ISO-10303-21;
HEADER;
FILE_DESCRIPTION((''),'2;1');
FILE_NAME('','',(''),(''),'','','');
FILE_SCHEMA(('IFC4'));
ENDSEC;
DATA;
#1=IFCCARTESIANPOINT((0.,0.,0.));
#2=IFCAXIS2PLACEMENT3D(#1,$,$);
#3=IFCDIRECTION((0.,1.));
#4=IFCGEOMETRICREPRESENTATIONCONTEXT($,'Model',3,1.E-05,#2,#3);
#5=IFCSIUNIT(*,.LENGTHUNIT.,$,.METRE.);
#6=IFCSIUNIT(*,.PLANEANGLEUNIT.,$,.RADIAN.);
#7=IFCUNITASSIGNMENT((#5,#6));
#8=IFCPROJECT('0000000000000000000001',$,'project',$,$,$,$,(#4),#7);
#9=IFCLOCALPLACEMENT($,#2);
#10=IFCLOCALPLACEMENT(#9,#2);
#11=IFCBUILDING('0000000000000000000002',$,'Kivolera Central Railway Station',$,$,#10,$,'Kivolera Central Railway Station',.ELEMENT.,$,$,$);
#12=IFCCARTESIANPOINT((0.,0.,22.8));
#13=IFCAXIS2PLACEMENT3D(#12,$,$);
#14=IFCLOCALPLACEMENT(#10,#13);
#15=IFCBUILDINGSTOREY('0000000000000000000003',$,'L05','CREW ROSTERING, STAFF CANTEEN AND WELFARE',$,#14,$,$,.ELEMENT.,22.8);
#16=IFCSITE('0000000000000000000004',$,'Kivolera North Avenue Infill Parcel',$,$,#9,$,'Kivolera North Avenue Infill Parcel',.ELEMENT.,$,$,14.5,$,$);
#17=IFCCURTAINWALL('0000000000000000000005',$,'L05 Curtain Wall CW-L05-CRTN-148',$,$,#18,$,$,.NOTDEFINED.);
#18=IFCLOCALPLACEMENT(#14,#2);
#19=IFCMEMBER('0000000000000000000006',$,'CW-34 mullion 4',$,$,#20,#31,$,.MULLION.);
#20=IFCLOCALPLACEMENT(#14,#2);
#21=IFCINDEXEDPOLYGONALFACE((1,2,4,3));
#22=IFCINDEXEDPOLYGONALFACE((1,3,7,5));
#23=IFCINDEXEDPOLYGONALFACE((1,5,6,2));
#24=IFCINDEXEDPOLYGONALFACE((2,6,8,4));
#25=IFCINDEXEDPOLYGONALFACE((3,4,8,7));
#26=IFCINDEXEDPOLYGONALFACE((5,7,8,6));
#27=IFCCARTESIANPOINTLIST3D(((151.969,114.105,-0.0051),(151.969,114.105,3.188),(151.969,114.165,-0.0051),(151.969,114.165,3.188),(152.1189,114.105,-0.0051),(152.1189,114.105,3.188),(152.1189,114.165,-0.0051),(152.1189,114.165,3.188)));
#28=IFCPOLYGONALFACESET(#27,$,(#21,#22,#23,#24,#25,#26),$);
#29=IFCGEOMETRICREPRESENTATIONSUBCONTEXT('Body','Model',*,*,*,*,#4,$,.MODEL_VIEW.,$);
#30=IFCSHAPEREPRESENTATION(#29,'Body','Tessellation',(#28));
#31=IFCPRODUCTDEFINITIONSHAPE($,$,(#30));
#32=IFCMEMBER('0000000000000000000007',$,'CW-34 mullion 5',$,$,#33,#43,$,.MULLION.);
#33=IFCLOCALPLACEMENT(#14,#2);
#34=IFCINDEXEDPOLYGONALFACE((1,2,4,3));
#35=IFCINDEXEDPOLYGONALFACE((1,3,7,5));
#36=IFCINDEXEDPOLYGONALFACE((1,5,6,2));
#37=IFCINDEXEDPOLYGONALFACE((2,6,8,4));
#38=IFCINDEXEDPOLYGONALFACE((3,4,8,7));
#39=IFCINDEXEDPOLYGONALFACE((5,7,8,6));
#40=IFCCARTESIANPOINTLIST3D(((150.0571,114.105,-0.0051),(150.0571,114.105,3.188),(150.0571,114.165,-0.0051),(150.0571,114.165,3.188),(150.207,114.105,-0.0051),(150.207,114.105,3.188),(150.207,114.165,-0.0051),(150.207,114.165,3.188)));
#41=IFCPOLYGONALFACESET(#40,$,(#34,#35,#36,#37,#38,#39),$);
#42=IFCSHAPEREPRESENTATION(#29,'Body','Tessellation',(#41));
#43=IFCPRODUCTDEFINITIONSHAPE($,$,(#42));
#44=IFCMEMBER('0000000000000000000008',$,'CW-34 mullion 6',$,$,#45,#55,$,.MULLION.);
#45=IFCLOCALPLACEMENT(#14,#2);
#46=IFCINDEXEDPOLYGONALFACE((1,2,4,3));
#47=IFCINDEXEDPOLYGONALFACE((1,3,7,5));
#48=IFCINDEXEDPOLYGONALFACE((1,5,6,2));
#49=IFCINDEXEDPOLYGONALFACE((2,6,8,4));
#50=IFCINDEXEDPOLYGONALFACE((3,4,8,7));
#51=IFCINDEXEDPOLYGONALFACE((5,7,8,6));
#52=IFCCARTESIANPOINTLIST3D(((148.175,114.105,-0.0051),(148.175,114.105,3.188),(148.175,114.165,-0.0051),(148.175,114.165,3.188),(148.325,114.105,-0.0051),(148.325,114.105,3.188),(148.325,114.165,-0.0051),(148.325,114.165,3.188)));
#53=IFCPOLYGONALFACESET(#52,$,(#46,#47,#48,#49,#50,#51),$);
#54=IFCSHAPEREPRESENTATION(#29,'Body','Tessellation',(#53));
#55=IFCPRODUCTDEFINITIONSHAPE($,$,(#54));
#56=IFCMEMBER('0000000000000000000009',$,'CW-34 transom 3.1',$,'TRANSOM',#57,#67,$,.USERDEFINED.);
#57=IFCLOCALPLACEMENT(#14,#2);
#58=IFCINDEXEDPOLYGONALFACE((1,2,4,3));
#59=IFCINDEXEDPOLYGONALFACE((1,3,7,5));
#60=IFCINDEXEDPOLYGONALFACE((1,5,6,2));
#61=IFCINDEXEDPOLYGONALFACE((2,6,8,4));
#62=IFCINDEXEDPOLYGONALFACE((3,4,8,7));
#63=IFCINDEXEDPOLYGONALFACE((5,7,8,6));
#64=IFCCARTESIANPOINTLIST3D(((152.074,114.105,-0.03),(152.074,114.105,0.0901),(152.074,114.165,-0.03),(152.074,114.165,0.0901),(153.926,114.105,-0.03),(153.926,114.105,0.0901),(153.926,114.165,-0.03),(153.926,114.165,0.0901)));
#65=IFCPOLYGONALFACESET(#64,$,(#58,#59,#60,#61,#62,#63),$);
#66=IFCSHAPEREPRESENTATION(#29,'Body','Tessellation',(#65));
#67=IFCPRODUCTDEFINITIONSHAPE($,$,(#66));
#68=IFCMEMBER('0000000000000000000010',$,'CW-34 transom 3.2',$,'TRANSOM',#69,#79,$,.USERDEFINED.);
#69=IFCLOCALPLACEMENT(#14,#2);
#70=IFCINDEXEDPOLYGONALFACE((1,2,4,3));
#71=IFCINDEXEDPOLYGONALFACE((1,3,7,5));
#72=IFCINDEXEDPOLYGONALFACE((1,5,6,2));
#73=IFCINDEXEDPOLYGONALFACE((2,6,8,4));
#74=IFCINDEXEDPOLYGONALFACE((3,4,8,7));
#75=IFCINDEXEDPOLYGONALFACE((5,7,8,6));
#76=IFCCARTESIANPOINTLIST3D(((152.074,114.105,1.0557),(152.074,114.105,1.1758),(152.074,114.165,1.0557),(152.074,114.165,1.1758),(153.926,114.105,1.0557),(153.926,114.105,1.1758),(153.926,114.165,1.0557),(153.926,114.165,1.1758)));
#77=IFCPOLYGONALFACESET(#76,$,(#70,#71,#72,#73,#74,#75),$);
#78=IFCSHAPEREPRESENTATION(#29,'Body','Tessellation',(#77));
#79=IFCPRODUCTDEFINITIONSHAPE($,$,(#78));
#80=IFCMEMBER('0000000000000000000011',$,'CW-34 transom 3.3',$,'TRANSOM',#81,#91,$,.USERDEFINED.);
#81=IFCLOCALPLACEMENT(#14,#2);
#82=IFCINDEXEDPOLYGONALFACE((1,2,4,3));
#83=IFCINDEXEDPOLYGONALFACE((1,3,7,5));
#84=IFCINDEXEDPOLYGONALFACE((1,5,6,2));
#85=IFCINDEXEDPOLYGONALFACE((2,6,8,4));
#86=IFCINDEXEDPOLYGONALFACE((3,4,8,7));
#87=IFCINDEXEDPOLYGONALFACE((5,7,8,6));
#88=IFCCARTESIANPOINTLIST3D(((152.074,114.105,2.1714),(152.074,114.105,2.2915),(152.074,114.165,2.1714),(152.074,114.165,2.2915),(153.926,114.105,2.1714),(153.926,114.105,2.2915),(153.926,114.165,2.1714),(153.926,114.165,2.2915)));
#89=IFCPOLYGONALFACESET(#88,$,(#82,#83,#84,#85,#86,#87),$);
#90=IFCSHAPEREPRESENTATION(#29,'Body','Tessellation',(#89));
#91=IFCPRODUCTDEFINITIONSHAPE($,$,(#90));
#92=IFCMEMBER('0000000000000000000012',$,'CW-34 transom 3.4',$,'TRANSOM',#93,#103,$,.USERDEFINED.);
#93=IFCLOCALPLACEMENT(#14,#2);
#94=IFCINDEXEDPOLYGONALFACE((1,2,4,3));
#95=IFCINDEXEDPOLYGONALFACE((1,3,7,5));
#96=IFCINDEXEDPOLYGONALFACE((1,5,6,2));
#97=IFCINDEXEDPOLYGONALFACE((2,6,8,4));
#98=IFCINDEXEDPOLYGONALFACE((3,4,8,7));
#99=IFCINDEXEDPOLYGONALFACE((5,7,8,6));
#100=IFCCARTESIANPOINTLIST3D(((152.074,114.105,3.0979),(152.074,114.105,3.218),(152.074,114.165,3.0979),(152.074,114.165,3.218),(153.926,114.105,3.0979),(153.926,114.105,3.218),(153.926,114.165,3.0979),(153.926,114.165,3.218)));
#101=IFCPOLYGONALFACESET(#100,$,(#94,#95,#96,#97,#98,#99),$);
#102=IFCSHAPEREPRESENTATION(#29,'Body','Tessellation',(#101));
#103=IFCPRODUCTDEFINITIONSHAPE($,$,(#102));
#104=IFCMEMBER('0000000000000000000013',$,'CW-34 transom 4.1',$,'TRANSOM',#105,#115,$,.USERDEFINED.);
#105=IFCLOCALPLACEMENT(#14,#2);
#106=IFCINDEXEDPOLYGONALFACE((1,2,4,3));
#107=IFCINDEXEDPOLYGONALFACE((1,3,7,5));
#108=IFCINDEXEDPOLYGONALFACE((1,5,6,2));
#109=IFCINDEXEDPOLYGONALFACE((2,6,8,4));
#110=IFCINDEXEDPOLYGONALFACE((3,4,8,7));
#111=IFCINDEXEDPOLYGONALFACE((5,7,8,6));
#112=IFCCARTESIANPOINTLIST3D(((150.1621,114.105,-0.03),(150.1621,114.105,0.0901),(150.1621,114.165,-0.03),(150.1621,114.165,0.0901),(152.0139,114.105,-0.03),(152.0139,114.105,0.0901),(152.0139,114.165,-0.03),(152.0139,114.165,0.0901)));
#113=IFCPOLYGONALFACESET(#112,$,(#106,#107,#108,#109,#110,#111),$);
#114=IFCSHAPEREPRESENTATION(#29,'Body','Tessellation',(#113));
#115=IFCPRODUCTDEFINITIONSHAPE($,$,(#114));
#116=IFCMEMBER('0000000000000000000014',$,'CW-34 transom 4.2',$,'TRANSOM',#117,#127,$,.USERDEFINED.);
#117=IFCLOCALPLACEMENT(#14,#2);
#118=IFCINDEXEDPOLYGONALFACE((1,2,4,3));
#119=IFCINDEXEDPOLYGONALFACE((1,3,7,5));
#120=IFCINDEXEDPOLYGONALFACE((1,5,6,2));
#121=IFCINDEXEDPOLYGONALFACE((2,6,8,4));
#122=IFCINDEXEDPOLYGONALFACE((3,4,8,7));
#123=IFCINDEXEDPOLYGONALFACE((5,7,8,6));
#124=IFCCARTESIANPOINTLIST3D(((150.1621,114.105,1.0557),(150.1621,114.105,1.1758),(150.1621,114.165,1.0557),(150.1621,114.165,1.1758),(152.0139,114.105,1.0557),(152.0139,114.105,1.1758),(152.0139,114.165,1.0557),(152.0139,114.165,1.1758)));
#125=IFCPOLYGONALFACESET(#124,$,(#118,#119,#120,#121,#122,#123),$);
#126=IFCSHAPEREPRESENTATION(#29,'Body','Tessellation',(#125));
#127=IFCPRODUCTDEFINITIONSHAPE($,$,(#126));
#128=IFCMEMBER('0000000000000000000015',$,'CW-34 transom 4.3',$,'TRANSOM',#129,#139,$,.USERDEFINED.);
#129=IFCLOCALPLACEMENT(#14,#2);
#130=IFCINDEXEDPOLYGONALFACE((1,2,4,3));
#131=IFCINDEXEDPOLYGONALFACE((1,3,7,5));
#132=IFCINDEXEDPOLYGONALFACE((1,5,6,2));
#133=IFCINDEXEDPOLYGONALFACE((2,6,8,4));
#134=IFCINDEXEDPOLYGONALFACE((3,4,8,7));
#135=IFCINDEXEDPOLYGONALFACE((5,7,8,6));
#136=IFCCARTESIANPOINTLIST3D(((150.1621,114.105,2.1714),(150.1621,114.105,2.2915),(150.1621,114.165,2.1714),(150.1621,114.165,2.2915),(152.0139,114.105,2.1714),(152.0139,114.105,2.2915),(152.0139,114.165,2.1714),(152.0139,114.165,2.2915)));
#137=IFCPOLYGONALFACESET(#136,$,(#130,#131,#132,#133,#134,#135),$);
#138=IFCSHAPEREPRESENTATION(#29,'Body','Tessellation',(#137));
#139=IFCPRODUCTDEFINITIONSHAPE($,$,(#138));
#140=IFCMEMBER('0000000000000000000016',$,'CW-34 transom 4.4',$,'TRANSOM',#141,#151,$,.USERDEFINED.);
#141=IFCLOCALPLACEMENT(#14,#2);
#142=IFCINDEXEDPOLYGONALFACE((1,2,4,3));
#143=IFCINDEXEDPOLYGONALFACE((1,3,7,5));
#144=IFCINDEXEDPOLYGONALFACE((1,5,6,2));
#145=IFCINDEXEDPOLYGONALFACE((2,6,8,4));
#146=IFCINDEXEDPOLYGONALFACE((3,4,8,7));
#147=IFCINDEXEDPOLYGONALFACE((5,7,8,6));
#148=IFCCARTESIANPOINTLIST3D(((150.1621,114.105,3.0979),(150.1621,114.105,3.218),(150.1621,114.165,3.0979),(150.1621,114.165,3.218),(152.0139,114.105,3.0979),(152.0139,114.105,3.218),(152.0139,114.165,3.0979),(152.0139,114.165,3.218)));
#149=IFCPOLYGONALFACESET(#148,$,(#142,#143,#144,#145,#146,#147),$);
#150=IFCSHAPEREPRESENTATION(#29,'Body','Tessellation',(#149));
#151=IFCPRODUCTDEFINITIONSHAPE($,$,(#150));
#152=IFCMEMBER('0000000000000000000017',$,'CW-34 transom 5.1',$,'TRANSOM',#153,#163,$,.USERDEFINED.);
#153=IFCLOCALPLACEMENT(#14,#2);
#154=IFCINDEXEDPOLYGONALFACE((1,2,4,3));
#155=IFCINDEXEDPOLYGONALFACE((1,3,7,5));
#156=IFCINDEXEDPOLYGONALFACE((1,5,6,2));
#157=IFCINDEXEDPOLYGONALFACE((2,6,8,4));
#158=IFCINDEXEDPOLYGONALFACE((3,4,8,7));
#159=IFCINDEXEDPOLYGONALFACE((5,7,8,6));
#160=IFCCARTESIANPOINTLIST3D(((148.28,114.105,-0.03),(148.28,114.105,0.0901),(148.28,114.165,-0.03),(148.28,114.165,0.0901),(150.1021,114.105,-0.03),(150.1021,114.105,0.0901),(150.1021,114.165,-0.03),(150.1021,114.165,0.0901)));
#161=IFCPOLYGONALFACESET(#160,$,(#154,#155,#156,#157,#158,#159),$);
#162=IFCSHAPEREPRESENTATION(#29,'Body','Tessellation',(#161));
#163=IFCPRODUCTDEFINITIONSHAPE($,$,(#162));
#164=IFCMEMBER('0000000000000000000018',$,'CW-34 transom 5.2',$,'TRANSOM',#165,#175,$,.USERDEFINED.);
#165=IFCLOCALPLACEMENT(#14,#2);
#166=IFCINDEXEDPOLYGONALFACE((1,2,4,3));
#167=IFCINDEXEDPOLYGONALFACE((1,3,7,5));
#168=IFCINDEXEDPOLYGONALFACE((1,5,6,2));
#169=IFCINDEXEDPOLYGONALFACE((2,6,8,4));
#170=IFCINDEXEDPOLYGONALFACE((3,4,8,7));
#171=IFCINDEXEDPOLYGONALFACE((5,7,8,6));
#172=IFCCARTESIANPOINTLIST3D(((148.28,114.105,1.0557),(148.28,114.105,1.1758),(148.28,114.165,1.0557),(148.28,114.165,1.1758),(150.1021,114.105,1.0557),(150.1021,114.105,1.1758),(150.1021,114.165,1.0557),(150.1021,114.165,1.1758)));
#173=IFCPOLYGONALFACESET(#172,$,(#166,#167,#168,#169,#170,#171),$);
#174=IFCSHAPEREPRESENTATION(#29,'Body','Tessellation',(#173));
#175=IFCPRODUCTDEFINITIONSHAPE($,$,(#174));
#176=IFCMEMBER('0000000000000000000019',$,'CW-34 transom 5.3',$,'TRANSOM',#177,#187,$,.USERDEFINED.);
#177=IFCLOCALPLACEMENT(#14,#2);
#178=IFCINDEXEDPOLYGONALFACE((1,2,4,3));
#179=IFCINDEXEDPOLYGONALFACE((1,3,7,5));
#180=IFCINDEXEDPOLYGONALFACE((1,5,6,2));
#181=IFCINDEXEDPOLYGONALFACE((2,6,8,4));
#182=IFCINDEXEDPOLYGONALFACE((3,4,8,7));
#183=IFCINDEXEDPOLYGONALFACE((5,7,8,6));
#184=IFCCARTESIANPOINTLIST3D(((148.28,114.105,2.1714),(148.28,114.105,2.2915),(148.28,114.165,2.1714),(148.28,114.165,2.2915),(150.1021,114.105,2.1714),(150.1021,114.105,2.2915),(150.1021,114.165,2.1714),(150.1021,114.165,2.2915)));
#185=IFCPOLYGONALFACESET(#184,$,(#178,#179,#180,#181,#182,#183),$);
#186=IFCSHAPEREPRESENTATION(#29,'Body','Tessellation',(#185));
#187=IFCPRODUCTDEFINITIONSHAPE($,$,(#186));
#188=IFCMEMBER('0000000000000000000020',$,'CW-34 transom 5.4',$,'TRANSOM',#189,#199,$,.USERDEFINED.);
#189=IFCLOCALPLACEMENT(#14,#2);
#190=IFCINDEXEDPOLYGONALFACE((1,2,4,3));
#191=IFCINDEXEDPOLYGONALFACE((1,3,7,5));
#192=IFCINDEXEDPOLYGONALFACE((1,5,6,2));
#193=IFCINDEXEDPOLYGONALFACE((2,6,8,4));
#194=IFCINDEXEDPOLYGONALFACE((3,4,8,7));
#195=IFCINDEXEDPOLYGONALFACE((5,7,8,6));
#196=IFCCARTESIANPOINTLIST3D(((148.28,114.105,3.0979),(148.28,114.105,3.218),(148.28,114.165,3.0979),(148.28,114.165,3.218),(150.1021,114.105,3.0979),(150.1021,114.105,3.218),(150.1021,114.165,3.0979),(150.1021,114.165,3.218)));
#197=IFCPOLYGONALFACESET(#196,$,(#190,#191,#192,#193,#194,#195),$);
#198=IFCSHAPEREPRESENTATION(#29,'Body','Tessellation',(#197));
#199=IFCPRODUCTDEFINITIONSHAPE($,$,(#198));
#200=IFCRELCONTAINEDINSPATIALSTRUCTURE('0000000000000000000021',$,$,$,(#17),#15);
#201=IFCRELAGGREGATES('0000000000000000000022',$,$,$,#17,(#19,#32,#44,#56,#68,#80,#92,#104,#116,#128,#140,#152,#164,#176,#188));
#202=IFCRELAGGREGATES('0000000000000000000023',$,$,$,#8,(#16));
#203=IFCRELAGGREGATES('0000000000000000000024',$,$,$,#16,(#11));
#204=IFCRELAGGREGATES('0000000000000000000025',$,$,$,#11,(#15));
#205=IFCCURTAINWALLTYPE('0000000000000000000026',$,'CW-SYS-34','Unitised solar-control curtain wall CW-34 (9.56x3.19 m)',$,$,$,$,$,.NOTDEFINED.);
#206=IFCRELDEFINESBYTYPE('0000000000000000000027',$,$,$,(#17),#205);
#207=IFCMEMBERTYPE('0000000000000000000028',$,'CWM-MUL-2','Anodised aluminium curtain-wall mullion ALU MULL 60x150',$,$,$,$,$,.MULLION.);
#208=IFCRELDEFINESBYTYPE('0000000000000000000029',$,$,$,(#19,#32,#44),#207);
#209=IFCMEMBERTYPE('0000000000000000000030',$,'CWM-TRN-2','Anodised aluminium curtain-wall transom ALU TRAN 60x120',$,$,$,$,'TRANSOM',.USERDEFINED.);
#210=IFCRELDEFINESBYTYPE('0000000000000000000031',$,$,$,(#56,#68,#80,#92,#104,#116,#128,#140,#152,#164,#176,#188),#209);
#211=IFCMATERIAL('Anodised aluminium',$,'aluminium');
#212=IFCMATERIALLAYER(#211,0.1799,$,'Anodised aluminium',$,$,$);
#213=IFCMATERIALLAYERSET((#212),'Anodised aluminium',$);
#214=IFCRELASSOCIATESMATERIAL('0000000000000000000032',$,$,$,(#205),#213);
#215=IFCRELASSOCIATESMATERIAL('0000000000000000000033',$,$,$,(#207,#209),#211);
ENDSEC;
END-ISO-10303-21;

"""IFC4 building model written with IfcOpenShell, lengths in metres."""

from ifc_helpers import new_model, si_unit, direction, frame, origin, origin_2d, place, context, subcontext, project, spatial, rectangle, extrude, material, layer, layer_set, material_profile, profile_set, type_object, element, aggregate, save


model = new_model("IFC4")

# Units and contexts
model_context = context("Model", 3, precision=1e-05, world=origin(), true_north=direction((0.0, 1.0)))
body_context = subcontext(model_context, "Body", "Model", "MODEL_VIEW")
ifc_project = project(units=[si_unit("LENGTHUNIT", "METRE"), si_unit("PLANEANGLEUNIT", "RADIAN")], contexts=[model_context])

# Site, building, storey
site_placement = place(None, origin())
site = spatial("IfcSite", under=ifc_project, at=site_placement, Name="Kivolera North Avenue Infill Parcel", LongName="Kivolera North Avenue Infill Parcel", CompositionType="ELEMENT", RefElevation=14.5)
building_placement = place(site_placement, origin())
building = spatial("IfcBuilding", under=site, at=building_placement, Name="Kivolera Central Railway Station", LongName="Kivolera Central Railway Station", CompositionType="ELEMENT")
storey_placement = place(building_placement, frame((0.0, 0.0, 22.8)))
storey = spatial("IfcBuildingStorey", under=building, at=storey_placement, Name="L05", Description="CREW ROSTERING, STAFF CANTEEN AND WELFARE", CompositionType="ELEMENT", Elevation=22.8)

# Curtain wall, members
ifc_material_1 = material(Name="Anodised aluminium", Category="aluminium")
ifc_layer_1 = layer(ifc_material_1, 0.1799, Name="Anodised aluminium")
ifc_layer_set_1 = layer_set([ifc_layer_1], Name="Anodised aluminium")
curtain_wall_type = type_object("IfcCurtainWallType", Name="CW-SYS-34", Description="Unitised solar-control curtain wall CW-34 (9.56x3.19 m)", PredefinedType="NOTDEFINED", material=ifc_layer_set_1)
curtain_wall_placement = place(storey_placement, origin())
curtain_wall = element("IfcCurtainWall", 1, at=curtain_wall_placement, inside=storey, type_object=curtain_wall_type, Name="L05 Curtain Wall CW-L05-CRTN-148", PredefinedType="NOTDEFINED")
ifc_material_profile_1 = material_profile(ifc_material_1, rectangle(XDim=0.0601, YDim=0.1499, at=origin_2d()), Name="ALU MULL 60x150")
ifc_profile_set_1 = profile_set([ifc_material_profile_1], Name="Anodised aluminium")
member_type_1 = type_object("IfcMemberType", Name="CWM-MUL-2", Description="Anodised aluminium curtain-wall mullion ALU MULL 60x150", PredefinedType="MULLION", material=ifc_profile_set_1)
member_1_placement = place(storey_placement, frame((152.0439, 114.135, -0.0051), z_axis=(0.0, 0.0, 1.0), x_axis=(0.0, -1.0, 0.0)))
member_1 = element("IfcMember", 2, at=member_1_placement, type_object=member_type_1, Name="CW-34 mullion 4", PredefinedType="MULLION", context=body_context, shape_type="SweptSolid", body=[
    extrude(rectangle(XDim=0.0601, YDim=0.1499, at=origin_2d()), origin(), (0.0, 0.0, 1.0), 3.1931),
])
member_2_placement = place(storey_placement, frame((150.1321, 114.135, -0.0051), z_axis=(0.0, 0.0, 1.0), x_axis=(0.0, -1.0, 0.0)))
member_2 = element("IfcMember", 3, at=member_2_placement, type_object=member_type_1, Name="CW-34 mullion 5", PredefinedType="MULLION", context=body_context, shape_type="SweptSolid", body=[
    extrude(rectangle(XDim=0.0601, YDim=0.1499, at=origin_2d()), origin(), (0.0, 0.0, 1.0), 3.1931),
])
member_3_placement = place(storey_placement, frame((148.25, 114.135, -0.0051), z_axis=(0.0, 0.0, 1.0), x_axis=(0.0, -1.0, 0.0)))
member_3 = element("IfcMember", 4, at=member_3_placement, type_object=member_type_1, Name="CW-34 mullion 6", PredefinedType="MULLION", context=body_context, shape_type="SweptSolid", body=[
    extrude(rectangle(XDim=0.0601, YDim=0.1499, at=origin_2d()), origin(), (0.0, 0.0, 1.0), 3.1931),
])
ifc_material_profile_2 = material_profile(ifc_material_1, rectangle(XDim=0.0601, YDim=0.1201, at=origin_2d()), Name="ALU TRAN 60x120")
ifc_profile_set_2 = profile_set([ifc_material_profile_2], Name="Anodised aluminium")
member_type_2 = type_object("IfcMemberType", Name="CWM-TRN-2", Description="Anodised aluminium curtain-wall transom ALU TRAN 60x120", ElementType="TRANSOM", PredefinedType="USERDEFINED", material=ifc_profile_set_2)
member_4_placement = place(storey_placement, frame((153.926, 114.135, 0.03), z_axis=(-1.0, 0.0, 0.0), x_axis=(0.0, -1.0, 0.0)))
member_4 = element("IfcMember", 5, at=member_4_placement, type_object=member_type_2, Name="CW-34 transom 3.1", ObjectType="TRANSOM", PredefinedType="USERDEFINED", context=body_context, shape_type="SweptSolid", body=[
    extrude(rectangle(XDim=0.0601, YDim=0.1201, at=origin_2d()), origin(), (0.0, 0.0, 1.0), 1.8521),
])
member_5_placement = place(storey_placement, frame((153.926, 114.135, 1.1157), z_axis=(-1.0, 0.0, 0.0), x_axis=(0.0, -1.0, 0.0)))
member_5 = element("IfcMember", 6, at=member_5_placement, type_object=member_type_2, Name="CW-34 transom 3.2", ObjectType="TRANSOM", PredefinedType="USERDEFINED", context=body_context, shape_type="SweptSolid", body=[
    extrude(rectangle(XDim=0.0601, YDim=0.1201, at=origin_2d()), origin(), (0.0, 0.0, 1.0), 1.8521),
])
member_6_placement = place(storey_placement, frame((153.926, 114.135, 2.2314), z_axis=(-1.0, 0.0, 0.0), x_axis=(0.0, -1.0, 0.0)))
member_6 = element("IfcMember", 7, at=member_6_placement, type_object=member_type_2, Name="CW-34 transom 3.3", ObjectType="TRANSOM", PredefinedType="USERDEFINED", context=body_context, shape_type="SweptSolid", body=[
    extrude(rectangle(XDim=0.0601, YDim=0.1201, at=origin_2d()), origin(), (0.0, 0.0, 1.0), 1.8521),
])
member_7_placement = place(storey_placement, frame((153.926, 114.135, 3.158), z_axis=(-1.0, 0.0, 0.0), x_axis=(0.0, -1.0, 0.0)))
member_7 = element("IfcMember", 8, at=member_7_placement, type_object=member_type_2, Name="CW-34 transom 3.4", ObjectType="TRANSOM", PredefinedType="USERDEFINED", context=body_context, shape_type="SweptSolid", body=[
    extrude(rectangle(XDim=0.0601, YDim=0.1201, at=origin_2d()), origin(), (0.0, 0.0, 1.0), 1.8521),
])
member_8_placement = place(storey_placement, frame((152.0139, 114.135, 0.03), z_axis=(-1.0, 0.0, 0.0), x_axis=(0.0, -1.0, 0.0)))
member_8 = element("IfcMember", 9, at=member_8_placement, type_object=member_type_2, Name="CW-34 transom 4.1", ObjectType="TRANSOM", PredefinedType="USERDEFINED", context=body_context, shape_type="SweptSolid", body=[
    extrude(rectangle(XDim=0.0601, YDim=0.1201, at=origin_2d()), origin(), (0.0, 0.0, 1.0), 1.8518),
])
member_9_placement = place(storey_placement, frame((152.0139, 114.135, 1.1157), z_axis=(-1.0, 0.0, 0.0), x_axis=(0.0, -1.0, 0.0)))
member_9 = element("IfcMember", 10, at=member_9_placement, type_object=member_type_2, Name="CW-34 transom 4.2", ObjectType="TRANSOM", PredefinedType="USERDEFINED", context=body_context, shape_type="SweptSolid", body=[
    extrude(rectangle(XDim=0.0601, YDim=0.1201, at=origin_2d()), origin(), (0.0, 0.0, 1.0), 1.8518),
])
member_10_placement = place(storey_placement, frame((152.0139, 114.135, 2.2314), z_axis=(-1.0, 0.0, 0.0), x_axis=(0.0, -1.0, 0.0)))
member_10 = element("IfcMember", 11, at=member_10_placement, type_object=member_type_2, Name="CW-34 transom 4.3", ObjectType="TRANSOM", PredefinedType="USERDEFINED", context=body_context, shape_type="SweptSolid", body=[
    extrude(rectangle(XDim=0.0601, YDim=0.1201, at=origin_2d()), origin(), (0.0, 0.0, 1.0), 1.8518),
])
member_11_placement = place(storey_placement, frame((152.0139, 114.135, 3.158), z_axis=(-1.0, 0.0, 0.0), x_axis=(0.0, -1.0, 0.0)))
member_11 = element("IfcMember", 12, at=member_11_placement, type_object=member_type_2, Name="CW-34 transom 4.4", ObjectType="TRANSOM", PredefinedType="USERDEFINED", context=body_context, shape_type="SweptSolid", body=[
    extrude(rectangle(XDim=0.0601, YDim=0.1201, at=origin_2d()), origin(), (0.0, 0.0, 1.0), 1.8518),
])
member_12_placement = place(storey_placement, frame((150.1021, 114.135, 0.03), z_axis=(-1.0, 0.0, 0.0), x_axis=(0.0, -1.0, 0.0)))
member_12 = element("IfcMember", 13, at=member_12_placement, type_object=member_type_2, Name="CW-34 transom 5.1", ObjectType="TRANSOM", PredefinedType="USERDEFINED", context=body_context, shape_type="SweptSolid", body=[
    extrude(rectangle(XDim=0.0601, YDim=0.1201, at=origin_2d()), origin(), (0.0, 0.0, 1.0), 1.822),
])
member_13_placement = place(storey_placement, frame((150.1021, 114.135, 1.1157), z_axis=(-1.0, 0.0, 0.0), x_axis=(0.0, -1.0, 0.0)))
member_13 = element("IfcMember", 14, at=member_13_placement, type_object=member_type_2, Name="CW-34 transom 5.2", ObjectType="TRANSOM", PredefinedType="USERDEFINED", context=body_context, shape_type="SweptSolid", body=[
    extrude(rectangle(XDim=0.0601, YDim=0.1201, at=origin_2d()), origin(), (0.0, 0.0, 1.0), 1.822),
])
member_14_placement = place(storey_placement, frame((150.1021, 114.135, 2.2314), z_axis=(-1.0, 0.0, 0.0), x_axis=(0.0, -1.0, 0.0)))
member_14 = element("IfcMember", 15, at=member_14_placement, type_object=member_type_2, Name="CW-34 transom 5.3", ObjectType="TRANSOM", PredefinedType="USERDEFINED", context=body_context, shape_type="SweptSolid", body=[
    extrude(rectangle(XDim=0.0601, YDim=0.1201, at=origin_2d()), origin(), (0.0, 0.0, 1.0), 1.822),
])
member_15_placement = place(storey_placement, frame((150.1021, 114.135, 3.158), z_axis=(-1.0, 0.0, 0.0), x_axis=(0.0, -1.0, 0.0)))
member_15 = element("IfcMember", 16, at=member_15_placement, type_object=member_type_2, Name="CW-34 transom 5.4", ObjectType="TRANSOM", PredefinedType="USERDEFINED", context=body_context, shape_type="SweptSolid", body=[
    extrude(rectangle(XDim=0.0601, YDim=0.1201, at=origin_2d()), origin(), (0.0, 0.0, 1.0), 1.822),
])
aggregate(curtain_wall, [member_1, member_2, member_3, member_4, member_5, member_6, member_7, member_8, member_9, member_10, member_11, member_12, member_13, member_14, member_15])

save(model, "model.ifc")
